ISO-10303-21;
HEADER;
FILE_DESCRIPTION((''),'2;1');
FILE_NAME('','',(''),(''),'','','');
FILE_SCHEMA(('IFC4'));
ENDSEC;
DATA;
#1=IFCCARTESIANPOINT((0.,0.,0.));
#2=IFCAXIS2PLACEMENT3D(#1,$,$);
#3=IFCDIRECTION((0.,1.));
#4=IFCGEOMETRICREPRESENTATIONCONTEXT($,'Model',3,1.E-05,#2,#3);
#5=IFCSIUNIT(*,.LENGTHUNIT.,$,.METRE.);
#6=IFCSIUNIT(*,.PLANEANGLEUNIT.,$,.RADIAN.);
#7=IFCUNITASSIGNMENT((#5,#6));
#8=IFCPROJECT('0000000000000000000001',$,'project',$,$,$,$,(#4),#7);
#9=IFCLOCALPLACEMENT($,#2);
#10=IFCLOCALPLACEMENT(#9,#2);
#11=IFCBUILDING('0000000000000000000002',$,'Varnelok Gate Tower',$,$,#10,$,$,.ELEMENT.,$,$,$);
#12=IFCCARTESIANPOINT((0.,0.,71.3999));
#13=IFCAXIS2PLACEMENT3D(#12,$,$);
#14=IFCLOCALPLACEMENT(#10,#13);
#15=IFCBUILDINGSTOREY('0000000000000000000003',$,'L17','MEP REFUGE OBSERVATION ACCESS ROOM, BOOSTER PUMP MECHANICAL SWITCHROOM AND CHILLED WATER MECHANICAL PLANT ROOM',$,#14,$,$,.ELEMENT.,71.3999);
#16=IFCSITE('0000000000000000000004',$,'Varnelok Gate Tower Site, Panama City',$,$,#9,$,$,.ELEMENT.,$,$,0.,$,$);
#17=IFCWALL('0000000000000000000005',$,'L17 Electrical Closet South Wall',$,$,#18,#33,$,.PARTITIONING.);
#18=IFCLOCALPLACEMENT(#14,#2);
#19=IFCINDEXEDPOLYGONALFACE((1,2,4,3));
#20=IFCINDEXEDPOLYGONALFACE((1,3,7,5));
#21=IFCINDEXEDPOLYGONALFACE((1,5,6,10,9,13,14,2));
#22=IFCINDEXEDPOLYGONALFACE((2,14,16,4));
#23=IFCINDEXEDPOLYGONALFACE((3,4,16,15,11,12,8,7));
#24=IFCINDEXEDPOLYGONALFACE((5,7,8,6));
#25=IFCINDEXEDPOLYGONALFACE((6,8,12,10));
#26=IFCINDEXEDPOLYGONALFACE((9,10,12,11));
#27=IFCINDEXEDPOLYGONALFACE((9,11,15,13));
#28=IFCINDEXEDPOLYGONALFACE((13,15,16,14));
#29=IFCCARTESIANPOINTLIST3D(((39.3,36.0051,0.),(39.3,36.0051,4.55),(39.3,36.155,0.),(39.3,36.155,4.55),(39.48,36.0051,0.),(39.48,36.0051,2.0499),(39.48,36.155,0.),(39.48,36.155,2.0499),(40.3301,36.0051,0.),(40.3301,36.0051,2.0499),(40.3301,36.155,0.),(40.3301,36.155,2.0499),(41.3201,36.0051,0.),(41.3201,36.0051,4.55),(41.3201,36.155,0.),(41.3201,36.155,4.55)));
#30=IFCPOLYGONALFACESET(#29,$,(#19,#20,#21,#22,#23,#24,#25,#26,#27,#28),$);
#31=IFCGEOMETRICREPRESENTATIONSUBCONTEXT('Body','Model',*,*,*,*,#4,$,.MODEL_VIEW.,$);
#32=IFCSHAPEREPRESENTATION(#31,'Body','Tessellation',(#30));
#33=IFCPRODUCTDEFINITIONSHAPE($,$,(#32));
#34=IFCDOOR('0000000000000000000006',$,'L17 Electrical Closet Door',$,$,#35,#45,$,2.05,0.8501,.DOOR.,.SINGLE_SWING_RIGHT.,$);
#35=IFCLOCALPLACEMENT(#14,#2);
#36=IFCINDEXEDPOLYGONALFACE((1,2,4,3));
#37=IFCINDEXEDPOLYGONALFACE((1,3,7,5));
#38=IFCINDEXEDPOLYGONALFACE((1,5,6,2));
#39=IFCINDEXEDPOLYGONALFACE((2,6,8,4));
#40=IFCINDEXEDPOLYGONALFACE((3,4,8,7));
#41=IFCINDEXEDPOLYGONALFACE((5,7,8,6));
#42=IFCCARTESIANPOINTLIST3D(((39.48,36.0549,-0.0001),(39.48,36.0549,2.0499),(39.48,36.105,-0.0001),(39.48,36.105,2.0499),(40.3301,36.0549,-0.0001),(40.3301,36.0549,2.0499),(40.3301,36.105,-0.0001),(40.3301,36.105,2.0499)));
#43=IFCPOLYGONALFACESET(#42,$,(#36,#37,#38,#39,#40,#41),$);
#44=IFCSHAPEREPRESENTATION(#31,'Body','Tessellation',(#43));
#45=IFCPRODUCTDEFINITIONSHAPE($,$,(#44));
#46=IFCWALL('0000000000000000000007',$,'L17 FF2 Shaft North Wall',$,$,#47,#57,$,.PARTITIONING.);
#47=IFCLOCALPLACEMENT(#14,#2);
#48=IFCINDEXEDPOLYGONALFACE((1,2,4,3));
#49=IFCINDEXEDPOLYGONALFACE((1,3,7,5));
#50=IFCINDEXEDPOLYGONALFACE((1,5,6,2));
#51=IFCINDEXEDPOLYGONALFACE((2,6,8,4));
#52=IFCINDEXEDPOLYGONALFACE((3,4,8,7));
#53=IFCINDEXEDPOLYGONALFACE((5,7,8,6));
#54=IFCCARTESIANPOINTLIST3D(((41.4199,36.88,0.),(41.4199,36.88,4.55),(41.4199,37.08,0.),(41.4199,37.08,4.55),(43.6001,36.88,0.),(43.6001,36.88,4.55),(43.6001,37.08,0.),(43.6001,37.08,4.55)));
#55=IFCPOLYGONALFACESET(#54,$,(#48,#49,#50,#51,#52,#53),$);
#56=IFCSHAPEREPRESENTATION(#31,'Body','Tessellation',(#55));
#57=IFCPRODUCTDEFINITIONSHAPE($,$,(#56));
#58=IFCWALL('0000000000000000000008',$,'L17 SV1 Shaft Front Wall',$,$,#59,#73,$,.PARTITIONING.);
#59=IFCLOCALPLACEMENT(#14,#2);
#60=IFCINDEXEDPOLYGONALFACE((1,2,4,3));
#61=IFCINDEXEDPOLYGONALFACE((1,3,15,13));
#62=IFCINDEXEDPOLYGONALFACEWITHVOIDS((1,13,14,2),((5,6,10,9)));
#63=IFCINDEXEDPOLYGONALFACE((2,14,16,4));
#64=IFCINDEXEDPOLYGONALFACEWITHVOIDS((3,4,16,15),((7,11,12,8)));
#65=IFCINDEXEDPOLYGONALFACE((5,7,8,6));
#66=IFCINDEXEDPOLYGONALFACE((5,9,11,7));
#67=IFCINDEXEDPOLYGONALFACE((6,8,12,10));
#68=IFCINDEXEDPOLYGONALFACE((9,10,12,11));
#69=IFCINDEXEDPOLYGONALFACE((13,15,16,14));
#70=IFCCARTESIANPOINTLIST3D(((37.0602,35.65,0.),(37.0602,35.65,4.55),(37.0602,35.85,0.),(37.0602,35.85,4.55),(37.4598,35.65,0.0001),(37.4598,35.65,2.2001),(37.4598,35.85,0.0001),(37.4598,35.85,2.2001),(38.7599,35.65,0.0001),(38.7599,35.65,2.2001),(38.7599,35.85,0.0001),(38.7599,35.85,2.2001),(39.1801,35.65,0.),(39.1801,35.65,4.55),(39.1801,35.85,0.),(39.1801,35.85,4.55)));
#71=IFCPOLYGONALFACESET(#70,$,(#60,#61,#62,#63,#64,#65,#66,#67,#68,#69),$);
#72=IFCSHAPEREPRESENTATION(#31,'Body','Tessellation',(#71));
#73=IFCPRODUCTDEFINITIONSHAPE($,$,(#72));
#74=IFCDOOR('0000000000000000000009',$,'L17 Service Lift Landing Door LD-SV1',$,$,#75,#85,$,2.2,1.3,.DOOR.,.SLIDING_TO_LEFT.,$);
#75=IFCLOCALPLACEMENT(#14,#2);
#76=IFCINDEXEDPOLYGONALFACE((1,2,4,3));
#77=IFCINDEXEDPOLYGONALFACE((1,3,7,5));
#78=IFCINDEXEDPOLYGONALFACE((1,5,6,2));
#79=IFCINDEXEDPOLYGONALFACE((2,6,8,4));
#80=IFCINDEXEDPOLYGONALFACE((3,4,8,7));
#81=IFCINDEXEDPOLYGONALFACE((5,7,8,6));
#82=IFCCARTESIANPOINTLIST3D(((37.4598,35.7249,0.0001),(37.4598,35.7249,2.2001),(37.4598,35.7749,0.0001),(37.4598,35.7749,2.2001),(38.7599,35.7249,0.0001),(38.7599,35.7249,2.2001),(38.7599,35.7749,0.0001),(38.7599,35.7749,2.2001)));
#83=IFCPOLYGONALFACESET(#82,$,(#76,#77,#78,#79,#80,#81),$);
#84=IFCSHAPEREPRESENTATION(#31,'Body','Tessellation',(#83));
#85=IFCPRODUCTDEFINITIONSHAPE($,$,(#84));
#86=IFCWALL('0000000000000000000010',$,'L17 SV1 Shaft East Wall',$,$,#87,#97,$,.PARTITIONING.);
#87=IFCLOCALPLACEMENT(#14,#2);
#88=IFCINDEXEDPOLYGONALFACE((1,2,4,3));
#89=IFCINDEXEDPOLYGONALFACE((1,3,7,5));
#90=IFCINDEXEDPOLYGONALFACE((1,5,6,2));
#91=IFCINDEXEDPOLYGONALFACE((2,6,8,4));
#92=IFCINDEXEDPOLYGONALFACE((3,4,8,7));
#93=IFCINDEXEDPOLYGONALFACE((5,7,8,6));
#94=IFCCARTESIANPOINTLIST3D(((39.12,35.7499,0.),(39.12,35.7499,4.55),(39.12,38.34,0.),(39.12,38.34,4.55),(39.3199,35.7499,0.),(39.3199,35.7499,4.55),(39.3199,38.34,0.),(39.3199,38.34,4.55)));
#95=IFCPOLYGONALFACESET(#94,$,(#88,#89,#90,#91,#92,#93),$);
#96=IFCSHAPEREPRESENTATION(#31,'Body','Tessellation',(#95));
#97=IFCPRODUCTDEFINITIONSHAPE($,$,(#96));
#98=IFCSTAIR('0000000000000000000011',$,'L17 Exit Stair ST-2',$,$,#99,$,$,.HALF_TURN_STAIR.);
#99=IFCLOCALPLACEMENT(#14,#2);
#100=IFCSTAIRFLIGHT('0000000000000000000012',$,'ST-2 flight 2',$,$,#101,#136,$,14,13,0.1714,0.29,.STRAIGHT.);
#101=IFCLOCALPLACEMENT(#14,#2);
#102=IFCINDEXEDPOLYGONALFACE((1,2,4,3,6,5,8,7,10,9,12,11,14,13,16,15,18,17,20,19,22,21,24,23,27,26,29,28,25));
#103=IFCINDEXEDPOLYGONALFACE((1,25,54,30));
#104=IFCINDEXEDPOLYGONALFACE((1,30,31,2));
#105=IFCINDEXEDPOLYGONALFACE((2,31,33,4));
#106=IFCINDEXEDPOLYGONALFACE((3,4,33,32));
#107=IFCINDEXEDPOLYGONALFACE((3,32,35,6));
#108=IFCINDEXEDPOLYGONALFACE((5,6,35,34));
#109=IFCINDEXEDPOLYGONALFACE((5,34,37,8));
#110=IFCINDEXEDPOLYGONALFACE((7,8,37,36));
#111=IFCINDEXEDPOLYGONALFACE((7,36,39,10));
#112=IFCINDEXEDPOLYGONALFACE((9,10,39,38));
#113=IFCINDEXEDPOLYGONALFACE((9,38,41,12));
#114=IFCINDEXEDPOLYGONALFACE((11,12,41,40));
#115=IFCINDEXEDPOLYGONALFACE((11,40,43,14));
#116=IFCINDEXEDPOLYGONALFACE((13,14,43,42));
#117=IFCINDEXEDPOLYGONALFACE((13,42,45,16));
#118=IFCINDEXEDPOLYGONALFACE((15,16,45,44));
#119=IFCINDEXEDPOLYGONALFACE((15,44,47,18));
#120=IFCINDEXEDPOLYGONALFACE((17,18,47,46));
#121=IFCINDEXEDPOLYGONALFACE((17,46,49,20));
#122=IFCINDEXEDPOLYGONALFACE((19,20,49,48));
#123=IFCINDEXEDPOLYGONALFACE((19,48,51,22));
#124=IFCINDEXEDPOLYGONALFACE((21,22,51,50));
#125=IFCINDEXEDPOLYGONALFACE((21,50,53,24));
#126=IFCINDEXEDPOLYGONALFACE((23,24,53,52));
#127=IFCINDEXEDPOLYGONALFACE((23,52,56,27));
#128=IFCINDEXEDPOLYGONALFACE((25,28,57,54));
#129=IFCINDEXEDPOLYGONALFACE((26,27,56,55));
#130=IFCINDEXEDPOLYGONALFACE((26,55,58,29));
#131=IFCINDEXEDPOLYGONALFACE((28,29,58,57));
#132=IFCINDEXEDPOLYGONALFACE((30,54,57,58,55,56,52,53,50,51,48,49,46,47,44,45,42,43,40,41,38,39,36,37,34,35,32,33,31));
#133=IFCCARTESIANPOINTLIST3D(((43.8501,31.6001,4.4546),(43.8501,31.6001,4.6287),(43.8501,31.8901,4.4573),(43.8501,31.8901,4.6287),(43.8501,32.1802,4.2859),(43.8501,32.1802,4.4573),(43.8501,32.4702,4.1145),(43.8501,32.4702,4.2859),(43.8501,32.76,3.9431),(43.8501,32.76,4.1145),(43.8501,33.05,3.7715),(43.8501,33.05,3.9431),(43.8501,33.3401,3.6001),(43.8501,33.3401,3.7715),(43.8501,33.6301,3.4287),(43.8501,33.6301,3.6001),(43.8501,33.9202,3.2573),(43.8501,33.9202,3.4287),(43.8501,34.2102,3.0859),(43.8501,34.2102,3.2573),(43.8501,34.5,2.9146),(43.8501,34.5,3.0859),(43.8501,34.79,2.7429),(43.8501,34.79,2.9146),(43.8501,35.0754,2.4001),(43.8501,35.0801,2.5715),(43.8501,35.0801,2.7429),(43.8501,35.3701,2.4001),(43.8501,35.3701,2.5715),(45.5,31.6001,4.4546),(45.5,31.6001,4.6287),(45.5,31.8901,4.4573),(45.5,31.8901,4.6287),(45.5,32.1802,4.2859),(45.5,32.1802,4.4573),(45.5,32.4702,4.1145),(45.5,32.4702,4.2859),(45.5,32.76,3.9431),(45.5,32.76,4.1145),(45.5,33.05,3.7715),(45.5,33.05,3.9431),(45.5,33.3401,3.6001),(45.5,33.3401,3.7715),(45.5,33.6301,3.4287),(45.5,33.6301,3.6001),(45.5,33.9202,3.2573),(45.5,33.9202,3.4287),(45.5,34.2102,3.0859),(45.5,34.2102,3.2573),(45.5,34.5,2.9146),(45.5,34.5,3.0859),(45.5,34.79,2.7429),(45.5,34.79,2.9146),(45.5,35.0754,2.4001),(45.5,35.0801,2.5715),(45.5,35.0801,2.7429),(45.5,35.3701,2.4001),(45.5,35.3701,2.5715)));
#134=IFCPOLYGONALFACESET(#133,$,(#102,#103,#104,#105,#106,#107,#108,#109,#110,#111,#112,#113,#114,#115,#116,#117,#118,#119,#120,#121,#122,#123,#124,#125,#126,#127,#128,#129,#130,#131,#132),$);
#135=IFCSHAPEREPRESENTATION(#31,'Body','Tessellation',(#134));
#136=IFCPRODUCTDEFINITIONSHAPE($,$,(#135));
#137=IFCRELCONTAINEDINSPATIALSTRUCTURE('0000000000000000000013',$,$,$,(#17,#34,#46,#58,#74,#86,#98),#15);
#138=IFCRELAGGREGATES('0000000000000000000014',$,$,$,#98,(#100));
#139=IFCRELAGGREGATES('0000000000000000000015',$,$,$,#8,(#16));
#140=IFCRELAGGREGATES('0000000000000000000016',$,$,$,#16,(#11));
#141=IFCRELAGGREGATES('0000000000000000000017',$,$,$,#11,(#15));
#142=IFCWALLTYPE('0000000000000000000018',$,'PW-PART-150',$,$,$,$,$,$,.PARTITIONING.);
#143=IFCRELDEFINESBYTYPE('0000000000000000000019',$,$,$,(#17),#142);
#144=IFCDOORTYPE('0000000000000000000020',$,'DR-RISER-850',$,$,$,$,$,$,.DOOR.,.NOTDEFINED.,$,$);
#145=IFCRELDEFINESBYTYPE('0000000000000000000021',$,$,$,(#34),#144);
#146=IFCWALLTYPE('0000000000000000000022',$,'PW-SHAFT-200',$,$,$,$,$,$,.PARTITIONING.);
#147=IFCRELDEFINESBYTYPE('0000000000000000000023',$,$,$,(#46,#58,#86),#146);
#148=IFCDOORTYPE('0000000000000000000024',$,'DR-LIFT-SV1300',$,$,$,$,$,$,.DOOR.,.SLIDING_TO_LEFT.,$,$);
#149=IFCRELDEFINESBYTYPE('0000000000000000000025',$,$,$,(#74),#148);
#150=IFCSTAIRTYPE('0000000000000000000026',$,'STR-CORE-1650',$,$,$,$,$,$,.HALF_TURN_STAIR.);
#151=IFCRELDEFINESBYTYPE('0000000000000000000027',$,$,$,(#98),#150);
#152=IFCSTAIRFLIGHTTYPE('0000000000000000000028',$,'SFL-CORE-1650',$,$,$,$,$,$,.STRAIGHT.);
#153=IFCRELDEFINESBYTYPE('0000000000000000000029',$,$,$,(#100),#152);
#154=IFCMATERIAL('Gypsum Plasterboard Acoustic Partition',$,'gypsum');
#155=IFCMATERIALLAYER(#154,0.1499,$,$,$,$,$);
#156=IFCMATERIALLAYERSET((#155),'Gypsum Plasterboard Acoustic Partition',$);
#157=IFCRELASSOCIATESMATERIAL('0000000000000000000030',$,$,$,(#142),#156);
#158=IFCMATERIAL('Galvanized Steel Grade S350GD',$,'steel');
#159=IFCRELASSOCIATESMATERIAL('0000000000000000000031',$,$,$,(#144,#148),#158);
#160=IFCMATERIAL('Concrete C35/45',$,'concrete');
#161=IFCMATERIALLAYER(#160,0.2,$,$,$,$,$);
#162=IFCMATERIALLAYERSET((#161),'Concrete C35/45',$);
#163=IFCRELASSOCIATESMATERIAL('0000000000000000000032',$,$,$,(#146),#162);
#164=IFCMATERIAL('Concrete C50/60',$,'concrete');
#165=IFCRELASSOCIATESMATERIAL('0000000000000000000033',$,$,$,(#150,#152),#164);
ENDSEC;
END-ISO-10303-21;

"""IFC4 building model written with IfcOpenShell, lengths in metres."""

from ifc_helpers import new_model, si_unit, direction, frame, frame_2d, origin, place, context, subcontext, project, spatial, polyline, rectangle, outline, extrude, material, layer, layer_set, type_object, element, fill, aggregate, save


model = new_model("IFC4")

# Units and contexts
model_context = context("Model", 3, precision=1e-05, world=origin(), true_north=direction((0.0, 1.0)))
body_context = subcontext(model_context, "Body", "Model", "MODEL_VIEW")
ifc_project = project(units=[si_unit("LENGTHUNIT", "METRE"), si_unit("PLANEANGLEUNIT", "RADIAN")], contexts=[model_context])

# Site, building, storey
site_placement = place(None, origin())
site = spatial("IfcSite", under=ifc_project, at=site_placement, Name="Varnelok Gate Tower Site, Panama City", CompositionType="ELEMENT", RefElevation=0.0)
building_placement = place(site_placement, origin())
building = spatial("IfcBuilding", under=site, at=building_placement, Name="Varnelok Gate Tower", CompositionType="ELEMENT")
storey_placement = place(building_placement, frame((0.0, 0.0, 71.3999)))
storey = spatial("IfcBuildingStorey", under=building, at=storey_placement, Name="L17", Description="MEP REFUGE OBSERVATION ACCESS ROOM, BOOSTER PUMP MECHANICAL SWITCHROOM AND CHILLED WATER MECHANICAL PLANT ROOM", CompositionType="ELEMENT", Elevation=71.3999)

# Wall, opening, door
ifc_material_1 = material(Name="Gypsum Plasterboard Acoustic Partition", Category="gypsum")
ifc_layer_1 = layer(ifc_material_1, 0.1499)
ifc_layer_set_1 = layer_set([ifc_layer_1], Name="Gypsum Plasterboard Acoustic Partition")
wall_type_1 = type_object("IfcWallType", Name="PW-PART-150", PredefinedType="PARTITIONING", material=ifc_layer_set_1)
wall_1_placement = place(storey_placement, frame((39.3, 36.0801, 0.0), z_axis=(0.0, 0.0, 1.0), x_axis=(1.0, 0.0, 0.0)))
wall_1 = element("IfcWall", 1, at=wall_1_placement, inside=storey, type_object=wall_type_1, Name="L17 Electrical Closet South Wall", PredefinedType="PARTITIONING", context=body_context, shape_type="SweptSolid", body=[
    extrude(rectangle(XDim=2.02, YDim=0.1499, at=frame_2d((1.01, 0.0))), origin(), (0.0, 0.0, 1.0), 4.55),
])
opening_1_placement = place(wall_1_placement, frame((0.1799, 0.0, 0.0)))
opening_1 = element("IfcOpeningElement", 2, at=opening_1_placement, cuts=wall_1, PredefinedType="OPENING", context=body_context, shape_type="SweptSolid", body=[
    extrude(rectangle(XDim=0.8501, YDim=2.05, at=frame_2d((0.425, 1.0249))), frame((0.0, 0.085, 0.0), z_axis=(0.0, -1.0, 0.0), x_axis=(1.0, 0.0, 0.0)), (0.0, 0.0, 1.0), 0.1699),
])
ifc_material_2 = material(Name="Galvanized Steel Grade S350GD", Category="steel")
door_type_1 = type_object("IfcDoorType", Name="DR-RISER-850", OperationType="NOTDEFINED", PredefinedType="DOOR", material=ifc_material_2)
door_1_placement = place(opening_1_placement, origin())
door_1 = element("IfcDoor", 3, at=door_1_placement, inside=storey, type_object=door_type_1, Name="L17 Electrical Closet Door", OperationType="SINGLE_SWING_RIGHT", OverallHeight=2.05, OverallWidth=0.8501, PredefinedType="DOOR", context=body_context, shape_type="SweptSolid", body=[
    extrude(rectangle(XDim=0.8501, YDim=2.05, at=frame_2d((0.425, 1.0249))), frame((0.0, 0.0249, 0.0), z_axis=(0.0, -1.0, 0.0), x_axis=(1.0, 0.0, 0.0)), (0.0, 0.0, 1.0), 0.05),
])
fill(opening_1, door_1)

# Wall
ifc_material_3 = material(Name="Concrete C35/45", Category="concrete")
ifc_layer_2 = layer(ifc_material_3, 0.2)
ifc_layer_set_2 = layer_set([ifc_layer_2], Name="Concrete C35/45")
wall_type_2 = type_object("IfcWallType", Name="PW-SHAFT-200", PredefinedType="PARTITIONING", material=ifc_layer_set_2)
wall_2_placement = place(storey_placement, frame((41.4199, 36.98, 0.0), z_axis=(0.0, 0.0, 1.0), x_axis=(1.0, 0.0, 0.0)))
element("IfcWall", 4, at=wall_2_placement, inside=storey, type_object=wall_type_2, Name="L17 FF2 Shaft North Wall", PredefinedType="PARTITIONING", context=body_context, shape_type="SweptSolid", body=[
    extrude(rectangle(XDim=2.1802, YDim=0.2, at=frame_2d((1.0901, 0.0))), origin(), (0.0, 0.0, 1.0), 4.55),
])

# Wall, opening, door
wall_3_placement = place(storey_placement, frame((37.0601, 35.75, 0.0), z_axis=(0.0, 0.0, 1.0), x_axis=(1.0, 0.0, 0.0)))
wall_3 = element("IfcWall", 5, at=wall_3_placement, inside=storey, type_object=wall_type_2, Name="L17 SV1 Shaft Front Wall", PredefinedType="PARTITIONING", context=body_context, shape_type="SweptSolid", body=[
    extrude(rectangle(XDim=2.1199, YDim=0.2, at=frame_2d((1.0601, 0.0))), origin(), (0.0, 0.0, 1.0), 4.55),
])
opening_2_placement = place(wall_3_placement, frame((0.3999, 0.0, 0.0)))
opening_2 = element("IfcOpeningElement", 6, at=opening_2_placement, cuts=wall_3, PredefinedType="OPENING", context=body_context, shape_type="SweptSolid", body=[
    extrude(rectangle(XDim=1.3, YDim=2.2, at=frame_2d((0.6499, 1.1001))), frame((0.0, 0.1099, 0.0), z_axis=(0.0, -1.0, 0.0), x_axis=(1.0, 0.0, 0.0)), (0.0, 0.0, 1.0), 0.22),
])
door_type_2 = type_object("IfcDoorType", Name="DR-LIFT-SV1300", OperationType="SLIDING_TO_LEFT", PredefinedType="DOOR", material=ifc_material_2)
door_2_placement = place(opening_2_placement, origin())
door_2 = element("IfcDoor", 7, at=door_2_placement, inside=storey, type_object=door_type_2, Name="L17 Service Lift Landing Door LD-SV1", OperationType="SLIDING_TO_LEFT", OverallHeight=2.2, OverallWidth=1.3, PredefinedType="DOOR", context=body_context, shape_type="SweptSolid", body=[
    extrude(rectangle(XDim=1.3, YDim=2.2, at=frame_2d((0.6499, 1.1001))), frame((0.0, 0.0249, 0.0), z_axis=(0.0, -1.0, 0.0), x_axis=(1.0, 0.0, 0.0)), (0.0, 0.0, 1.0), 0.05),
])
fill(opening_2, door_2)

# Wall
wall_4_placement = place(storey_placement, frame((39.22, 35.75, 0.0), z_axis=(0.0, 0.0, 1.0), x_axis=(0.0, 1.0, 0.0)))
element("IfcWall", 8, at=wall_4_placement, inside=storey, type_object=wall_type_2, Name="L17 SV1 Shaft East Wall", PredefinedType="PARTITIONING", context=body_context, shape_type="SweptSolid", body=[
    extrude(rectangle(XDim=2.5901, YDim=0.2, at=frame_2d((1.2949, 0.0))), origin(), (0.0, 0.0, 1.0), 4.55),
])

# Stair, stair flight
ifc_material_4 = material(Name="Concrete C50/60", Category="concrete")
stair_type = type_object("IfcStairType", Name="STR-CORE-1650", PredefinedType="HALF_TURN_STAIR", material=ifc_material_4)
stair_placement = place(storey_placement, origin())
stair = element("IfcStair", 9, at=stair_placement, inside=storey, type_object=stair_type, Name="L17 Exit Stair ST-2", PredefinedType="HALF_TURN_STAIR")
stair_flight_type = type_object("IfcStairFlightType", Name="SFL-CORE-1650", PredefinedType="STRAIGHT", material=ifc_material_4)
stair_flight_placement = place(storey_placement, frame((44.675, 35.3701, 2.4001), z_axis=(0.0, 0.0, 1.0), x_axis=(0.0, -1.0, 0.0)))
stair_flight = element("IfcStairFlight", 10, at=stair_flight_placement, type_object=stair_flight_type, Name="ST-2 flight 2", NumberOfRisers=14, NumberOfTreads=13, PredefinedType="STRAIGHT", RiserHeight=0.1714, TreadLength=0.29, context=body_context, shape_type="SweptSolid", body=[
    extrude(outline(polyline([(0.0, 0.0), (0.0, 0.1714), (0.29, 0.1714), (0.29, 0.3428), (0.5801, 0.3428), (0.5801, 0.5144), (0.8701, 0.5144), (0.8701, 0.6858), (1.1599, 0.6858), (1.1599, 0.8572), (1.45, 0.8572), (1.45, 1.0286), (1.74, 1.0286), (1.74, 1.2), (2.03, 1.2), (2.03, 1.3713), (2.3201, 1.3713), (2.3201, 1.543), (2.6101, 1.543), (2.6101, 1.7144), (2.8999, 1.7144), (2.8999, 1.8857), (3.1899, 1.8857), (3.1899, 2.0571), (3.48, 2.0571), (3.48, 2.2285), (3.77, 2.2285), (3.77, 2.3999), (3.77, 2.0544), (0.2947, 0.0), (0.0, 0.0)])), frame((0.0, 0.825, 0.0), z_axis=(0.0, -1.0, 0.0), x_axis=(1.0, 0.0, 0.0)), (0.0, 0.0, 1.0), 1.6499),
])
aggregate(stair, [stair_flight])

save(model, "model.ifc")
